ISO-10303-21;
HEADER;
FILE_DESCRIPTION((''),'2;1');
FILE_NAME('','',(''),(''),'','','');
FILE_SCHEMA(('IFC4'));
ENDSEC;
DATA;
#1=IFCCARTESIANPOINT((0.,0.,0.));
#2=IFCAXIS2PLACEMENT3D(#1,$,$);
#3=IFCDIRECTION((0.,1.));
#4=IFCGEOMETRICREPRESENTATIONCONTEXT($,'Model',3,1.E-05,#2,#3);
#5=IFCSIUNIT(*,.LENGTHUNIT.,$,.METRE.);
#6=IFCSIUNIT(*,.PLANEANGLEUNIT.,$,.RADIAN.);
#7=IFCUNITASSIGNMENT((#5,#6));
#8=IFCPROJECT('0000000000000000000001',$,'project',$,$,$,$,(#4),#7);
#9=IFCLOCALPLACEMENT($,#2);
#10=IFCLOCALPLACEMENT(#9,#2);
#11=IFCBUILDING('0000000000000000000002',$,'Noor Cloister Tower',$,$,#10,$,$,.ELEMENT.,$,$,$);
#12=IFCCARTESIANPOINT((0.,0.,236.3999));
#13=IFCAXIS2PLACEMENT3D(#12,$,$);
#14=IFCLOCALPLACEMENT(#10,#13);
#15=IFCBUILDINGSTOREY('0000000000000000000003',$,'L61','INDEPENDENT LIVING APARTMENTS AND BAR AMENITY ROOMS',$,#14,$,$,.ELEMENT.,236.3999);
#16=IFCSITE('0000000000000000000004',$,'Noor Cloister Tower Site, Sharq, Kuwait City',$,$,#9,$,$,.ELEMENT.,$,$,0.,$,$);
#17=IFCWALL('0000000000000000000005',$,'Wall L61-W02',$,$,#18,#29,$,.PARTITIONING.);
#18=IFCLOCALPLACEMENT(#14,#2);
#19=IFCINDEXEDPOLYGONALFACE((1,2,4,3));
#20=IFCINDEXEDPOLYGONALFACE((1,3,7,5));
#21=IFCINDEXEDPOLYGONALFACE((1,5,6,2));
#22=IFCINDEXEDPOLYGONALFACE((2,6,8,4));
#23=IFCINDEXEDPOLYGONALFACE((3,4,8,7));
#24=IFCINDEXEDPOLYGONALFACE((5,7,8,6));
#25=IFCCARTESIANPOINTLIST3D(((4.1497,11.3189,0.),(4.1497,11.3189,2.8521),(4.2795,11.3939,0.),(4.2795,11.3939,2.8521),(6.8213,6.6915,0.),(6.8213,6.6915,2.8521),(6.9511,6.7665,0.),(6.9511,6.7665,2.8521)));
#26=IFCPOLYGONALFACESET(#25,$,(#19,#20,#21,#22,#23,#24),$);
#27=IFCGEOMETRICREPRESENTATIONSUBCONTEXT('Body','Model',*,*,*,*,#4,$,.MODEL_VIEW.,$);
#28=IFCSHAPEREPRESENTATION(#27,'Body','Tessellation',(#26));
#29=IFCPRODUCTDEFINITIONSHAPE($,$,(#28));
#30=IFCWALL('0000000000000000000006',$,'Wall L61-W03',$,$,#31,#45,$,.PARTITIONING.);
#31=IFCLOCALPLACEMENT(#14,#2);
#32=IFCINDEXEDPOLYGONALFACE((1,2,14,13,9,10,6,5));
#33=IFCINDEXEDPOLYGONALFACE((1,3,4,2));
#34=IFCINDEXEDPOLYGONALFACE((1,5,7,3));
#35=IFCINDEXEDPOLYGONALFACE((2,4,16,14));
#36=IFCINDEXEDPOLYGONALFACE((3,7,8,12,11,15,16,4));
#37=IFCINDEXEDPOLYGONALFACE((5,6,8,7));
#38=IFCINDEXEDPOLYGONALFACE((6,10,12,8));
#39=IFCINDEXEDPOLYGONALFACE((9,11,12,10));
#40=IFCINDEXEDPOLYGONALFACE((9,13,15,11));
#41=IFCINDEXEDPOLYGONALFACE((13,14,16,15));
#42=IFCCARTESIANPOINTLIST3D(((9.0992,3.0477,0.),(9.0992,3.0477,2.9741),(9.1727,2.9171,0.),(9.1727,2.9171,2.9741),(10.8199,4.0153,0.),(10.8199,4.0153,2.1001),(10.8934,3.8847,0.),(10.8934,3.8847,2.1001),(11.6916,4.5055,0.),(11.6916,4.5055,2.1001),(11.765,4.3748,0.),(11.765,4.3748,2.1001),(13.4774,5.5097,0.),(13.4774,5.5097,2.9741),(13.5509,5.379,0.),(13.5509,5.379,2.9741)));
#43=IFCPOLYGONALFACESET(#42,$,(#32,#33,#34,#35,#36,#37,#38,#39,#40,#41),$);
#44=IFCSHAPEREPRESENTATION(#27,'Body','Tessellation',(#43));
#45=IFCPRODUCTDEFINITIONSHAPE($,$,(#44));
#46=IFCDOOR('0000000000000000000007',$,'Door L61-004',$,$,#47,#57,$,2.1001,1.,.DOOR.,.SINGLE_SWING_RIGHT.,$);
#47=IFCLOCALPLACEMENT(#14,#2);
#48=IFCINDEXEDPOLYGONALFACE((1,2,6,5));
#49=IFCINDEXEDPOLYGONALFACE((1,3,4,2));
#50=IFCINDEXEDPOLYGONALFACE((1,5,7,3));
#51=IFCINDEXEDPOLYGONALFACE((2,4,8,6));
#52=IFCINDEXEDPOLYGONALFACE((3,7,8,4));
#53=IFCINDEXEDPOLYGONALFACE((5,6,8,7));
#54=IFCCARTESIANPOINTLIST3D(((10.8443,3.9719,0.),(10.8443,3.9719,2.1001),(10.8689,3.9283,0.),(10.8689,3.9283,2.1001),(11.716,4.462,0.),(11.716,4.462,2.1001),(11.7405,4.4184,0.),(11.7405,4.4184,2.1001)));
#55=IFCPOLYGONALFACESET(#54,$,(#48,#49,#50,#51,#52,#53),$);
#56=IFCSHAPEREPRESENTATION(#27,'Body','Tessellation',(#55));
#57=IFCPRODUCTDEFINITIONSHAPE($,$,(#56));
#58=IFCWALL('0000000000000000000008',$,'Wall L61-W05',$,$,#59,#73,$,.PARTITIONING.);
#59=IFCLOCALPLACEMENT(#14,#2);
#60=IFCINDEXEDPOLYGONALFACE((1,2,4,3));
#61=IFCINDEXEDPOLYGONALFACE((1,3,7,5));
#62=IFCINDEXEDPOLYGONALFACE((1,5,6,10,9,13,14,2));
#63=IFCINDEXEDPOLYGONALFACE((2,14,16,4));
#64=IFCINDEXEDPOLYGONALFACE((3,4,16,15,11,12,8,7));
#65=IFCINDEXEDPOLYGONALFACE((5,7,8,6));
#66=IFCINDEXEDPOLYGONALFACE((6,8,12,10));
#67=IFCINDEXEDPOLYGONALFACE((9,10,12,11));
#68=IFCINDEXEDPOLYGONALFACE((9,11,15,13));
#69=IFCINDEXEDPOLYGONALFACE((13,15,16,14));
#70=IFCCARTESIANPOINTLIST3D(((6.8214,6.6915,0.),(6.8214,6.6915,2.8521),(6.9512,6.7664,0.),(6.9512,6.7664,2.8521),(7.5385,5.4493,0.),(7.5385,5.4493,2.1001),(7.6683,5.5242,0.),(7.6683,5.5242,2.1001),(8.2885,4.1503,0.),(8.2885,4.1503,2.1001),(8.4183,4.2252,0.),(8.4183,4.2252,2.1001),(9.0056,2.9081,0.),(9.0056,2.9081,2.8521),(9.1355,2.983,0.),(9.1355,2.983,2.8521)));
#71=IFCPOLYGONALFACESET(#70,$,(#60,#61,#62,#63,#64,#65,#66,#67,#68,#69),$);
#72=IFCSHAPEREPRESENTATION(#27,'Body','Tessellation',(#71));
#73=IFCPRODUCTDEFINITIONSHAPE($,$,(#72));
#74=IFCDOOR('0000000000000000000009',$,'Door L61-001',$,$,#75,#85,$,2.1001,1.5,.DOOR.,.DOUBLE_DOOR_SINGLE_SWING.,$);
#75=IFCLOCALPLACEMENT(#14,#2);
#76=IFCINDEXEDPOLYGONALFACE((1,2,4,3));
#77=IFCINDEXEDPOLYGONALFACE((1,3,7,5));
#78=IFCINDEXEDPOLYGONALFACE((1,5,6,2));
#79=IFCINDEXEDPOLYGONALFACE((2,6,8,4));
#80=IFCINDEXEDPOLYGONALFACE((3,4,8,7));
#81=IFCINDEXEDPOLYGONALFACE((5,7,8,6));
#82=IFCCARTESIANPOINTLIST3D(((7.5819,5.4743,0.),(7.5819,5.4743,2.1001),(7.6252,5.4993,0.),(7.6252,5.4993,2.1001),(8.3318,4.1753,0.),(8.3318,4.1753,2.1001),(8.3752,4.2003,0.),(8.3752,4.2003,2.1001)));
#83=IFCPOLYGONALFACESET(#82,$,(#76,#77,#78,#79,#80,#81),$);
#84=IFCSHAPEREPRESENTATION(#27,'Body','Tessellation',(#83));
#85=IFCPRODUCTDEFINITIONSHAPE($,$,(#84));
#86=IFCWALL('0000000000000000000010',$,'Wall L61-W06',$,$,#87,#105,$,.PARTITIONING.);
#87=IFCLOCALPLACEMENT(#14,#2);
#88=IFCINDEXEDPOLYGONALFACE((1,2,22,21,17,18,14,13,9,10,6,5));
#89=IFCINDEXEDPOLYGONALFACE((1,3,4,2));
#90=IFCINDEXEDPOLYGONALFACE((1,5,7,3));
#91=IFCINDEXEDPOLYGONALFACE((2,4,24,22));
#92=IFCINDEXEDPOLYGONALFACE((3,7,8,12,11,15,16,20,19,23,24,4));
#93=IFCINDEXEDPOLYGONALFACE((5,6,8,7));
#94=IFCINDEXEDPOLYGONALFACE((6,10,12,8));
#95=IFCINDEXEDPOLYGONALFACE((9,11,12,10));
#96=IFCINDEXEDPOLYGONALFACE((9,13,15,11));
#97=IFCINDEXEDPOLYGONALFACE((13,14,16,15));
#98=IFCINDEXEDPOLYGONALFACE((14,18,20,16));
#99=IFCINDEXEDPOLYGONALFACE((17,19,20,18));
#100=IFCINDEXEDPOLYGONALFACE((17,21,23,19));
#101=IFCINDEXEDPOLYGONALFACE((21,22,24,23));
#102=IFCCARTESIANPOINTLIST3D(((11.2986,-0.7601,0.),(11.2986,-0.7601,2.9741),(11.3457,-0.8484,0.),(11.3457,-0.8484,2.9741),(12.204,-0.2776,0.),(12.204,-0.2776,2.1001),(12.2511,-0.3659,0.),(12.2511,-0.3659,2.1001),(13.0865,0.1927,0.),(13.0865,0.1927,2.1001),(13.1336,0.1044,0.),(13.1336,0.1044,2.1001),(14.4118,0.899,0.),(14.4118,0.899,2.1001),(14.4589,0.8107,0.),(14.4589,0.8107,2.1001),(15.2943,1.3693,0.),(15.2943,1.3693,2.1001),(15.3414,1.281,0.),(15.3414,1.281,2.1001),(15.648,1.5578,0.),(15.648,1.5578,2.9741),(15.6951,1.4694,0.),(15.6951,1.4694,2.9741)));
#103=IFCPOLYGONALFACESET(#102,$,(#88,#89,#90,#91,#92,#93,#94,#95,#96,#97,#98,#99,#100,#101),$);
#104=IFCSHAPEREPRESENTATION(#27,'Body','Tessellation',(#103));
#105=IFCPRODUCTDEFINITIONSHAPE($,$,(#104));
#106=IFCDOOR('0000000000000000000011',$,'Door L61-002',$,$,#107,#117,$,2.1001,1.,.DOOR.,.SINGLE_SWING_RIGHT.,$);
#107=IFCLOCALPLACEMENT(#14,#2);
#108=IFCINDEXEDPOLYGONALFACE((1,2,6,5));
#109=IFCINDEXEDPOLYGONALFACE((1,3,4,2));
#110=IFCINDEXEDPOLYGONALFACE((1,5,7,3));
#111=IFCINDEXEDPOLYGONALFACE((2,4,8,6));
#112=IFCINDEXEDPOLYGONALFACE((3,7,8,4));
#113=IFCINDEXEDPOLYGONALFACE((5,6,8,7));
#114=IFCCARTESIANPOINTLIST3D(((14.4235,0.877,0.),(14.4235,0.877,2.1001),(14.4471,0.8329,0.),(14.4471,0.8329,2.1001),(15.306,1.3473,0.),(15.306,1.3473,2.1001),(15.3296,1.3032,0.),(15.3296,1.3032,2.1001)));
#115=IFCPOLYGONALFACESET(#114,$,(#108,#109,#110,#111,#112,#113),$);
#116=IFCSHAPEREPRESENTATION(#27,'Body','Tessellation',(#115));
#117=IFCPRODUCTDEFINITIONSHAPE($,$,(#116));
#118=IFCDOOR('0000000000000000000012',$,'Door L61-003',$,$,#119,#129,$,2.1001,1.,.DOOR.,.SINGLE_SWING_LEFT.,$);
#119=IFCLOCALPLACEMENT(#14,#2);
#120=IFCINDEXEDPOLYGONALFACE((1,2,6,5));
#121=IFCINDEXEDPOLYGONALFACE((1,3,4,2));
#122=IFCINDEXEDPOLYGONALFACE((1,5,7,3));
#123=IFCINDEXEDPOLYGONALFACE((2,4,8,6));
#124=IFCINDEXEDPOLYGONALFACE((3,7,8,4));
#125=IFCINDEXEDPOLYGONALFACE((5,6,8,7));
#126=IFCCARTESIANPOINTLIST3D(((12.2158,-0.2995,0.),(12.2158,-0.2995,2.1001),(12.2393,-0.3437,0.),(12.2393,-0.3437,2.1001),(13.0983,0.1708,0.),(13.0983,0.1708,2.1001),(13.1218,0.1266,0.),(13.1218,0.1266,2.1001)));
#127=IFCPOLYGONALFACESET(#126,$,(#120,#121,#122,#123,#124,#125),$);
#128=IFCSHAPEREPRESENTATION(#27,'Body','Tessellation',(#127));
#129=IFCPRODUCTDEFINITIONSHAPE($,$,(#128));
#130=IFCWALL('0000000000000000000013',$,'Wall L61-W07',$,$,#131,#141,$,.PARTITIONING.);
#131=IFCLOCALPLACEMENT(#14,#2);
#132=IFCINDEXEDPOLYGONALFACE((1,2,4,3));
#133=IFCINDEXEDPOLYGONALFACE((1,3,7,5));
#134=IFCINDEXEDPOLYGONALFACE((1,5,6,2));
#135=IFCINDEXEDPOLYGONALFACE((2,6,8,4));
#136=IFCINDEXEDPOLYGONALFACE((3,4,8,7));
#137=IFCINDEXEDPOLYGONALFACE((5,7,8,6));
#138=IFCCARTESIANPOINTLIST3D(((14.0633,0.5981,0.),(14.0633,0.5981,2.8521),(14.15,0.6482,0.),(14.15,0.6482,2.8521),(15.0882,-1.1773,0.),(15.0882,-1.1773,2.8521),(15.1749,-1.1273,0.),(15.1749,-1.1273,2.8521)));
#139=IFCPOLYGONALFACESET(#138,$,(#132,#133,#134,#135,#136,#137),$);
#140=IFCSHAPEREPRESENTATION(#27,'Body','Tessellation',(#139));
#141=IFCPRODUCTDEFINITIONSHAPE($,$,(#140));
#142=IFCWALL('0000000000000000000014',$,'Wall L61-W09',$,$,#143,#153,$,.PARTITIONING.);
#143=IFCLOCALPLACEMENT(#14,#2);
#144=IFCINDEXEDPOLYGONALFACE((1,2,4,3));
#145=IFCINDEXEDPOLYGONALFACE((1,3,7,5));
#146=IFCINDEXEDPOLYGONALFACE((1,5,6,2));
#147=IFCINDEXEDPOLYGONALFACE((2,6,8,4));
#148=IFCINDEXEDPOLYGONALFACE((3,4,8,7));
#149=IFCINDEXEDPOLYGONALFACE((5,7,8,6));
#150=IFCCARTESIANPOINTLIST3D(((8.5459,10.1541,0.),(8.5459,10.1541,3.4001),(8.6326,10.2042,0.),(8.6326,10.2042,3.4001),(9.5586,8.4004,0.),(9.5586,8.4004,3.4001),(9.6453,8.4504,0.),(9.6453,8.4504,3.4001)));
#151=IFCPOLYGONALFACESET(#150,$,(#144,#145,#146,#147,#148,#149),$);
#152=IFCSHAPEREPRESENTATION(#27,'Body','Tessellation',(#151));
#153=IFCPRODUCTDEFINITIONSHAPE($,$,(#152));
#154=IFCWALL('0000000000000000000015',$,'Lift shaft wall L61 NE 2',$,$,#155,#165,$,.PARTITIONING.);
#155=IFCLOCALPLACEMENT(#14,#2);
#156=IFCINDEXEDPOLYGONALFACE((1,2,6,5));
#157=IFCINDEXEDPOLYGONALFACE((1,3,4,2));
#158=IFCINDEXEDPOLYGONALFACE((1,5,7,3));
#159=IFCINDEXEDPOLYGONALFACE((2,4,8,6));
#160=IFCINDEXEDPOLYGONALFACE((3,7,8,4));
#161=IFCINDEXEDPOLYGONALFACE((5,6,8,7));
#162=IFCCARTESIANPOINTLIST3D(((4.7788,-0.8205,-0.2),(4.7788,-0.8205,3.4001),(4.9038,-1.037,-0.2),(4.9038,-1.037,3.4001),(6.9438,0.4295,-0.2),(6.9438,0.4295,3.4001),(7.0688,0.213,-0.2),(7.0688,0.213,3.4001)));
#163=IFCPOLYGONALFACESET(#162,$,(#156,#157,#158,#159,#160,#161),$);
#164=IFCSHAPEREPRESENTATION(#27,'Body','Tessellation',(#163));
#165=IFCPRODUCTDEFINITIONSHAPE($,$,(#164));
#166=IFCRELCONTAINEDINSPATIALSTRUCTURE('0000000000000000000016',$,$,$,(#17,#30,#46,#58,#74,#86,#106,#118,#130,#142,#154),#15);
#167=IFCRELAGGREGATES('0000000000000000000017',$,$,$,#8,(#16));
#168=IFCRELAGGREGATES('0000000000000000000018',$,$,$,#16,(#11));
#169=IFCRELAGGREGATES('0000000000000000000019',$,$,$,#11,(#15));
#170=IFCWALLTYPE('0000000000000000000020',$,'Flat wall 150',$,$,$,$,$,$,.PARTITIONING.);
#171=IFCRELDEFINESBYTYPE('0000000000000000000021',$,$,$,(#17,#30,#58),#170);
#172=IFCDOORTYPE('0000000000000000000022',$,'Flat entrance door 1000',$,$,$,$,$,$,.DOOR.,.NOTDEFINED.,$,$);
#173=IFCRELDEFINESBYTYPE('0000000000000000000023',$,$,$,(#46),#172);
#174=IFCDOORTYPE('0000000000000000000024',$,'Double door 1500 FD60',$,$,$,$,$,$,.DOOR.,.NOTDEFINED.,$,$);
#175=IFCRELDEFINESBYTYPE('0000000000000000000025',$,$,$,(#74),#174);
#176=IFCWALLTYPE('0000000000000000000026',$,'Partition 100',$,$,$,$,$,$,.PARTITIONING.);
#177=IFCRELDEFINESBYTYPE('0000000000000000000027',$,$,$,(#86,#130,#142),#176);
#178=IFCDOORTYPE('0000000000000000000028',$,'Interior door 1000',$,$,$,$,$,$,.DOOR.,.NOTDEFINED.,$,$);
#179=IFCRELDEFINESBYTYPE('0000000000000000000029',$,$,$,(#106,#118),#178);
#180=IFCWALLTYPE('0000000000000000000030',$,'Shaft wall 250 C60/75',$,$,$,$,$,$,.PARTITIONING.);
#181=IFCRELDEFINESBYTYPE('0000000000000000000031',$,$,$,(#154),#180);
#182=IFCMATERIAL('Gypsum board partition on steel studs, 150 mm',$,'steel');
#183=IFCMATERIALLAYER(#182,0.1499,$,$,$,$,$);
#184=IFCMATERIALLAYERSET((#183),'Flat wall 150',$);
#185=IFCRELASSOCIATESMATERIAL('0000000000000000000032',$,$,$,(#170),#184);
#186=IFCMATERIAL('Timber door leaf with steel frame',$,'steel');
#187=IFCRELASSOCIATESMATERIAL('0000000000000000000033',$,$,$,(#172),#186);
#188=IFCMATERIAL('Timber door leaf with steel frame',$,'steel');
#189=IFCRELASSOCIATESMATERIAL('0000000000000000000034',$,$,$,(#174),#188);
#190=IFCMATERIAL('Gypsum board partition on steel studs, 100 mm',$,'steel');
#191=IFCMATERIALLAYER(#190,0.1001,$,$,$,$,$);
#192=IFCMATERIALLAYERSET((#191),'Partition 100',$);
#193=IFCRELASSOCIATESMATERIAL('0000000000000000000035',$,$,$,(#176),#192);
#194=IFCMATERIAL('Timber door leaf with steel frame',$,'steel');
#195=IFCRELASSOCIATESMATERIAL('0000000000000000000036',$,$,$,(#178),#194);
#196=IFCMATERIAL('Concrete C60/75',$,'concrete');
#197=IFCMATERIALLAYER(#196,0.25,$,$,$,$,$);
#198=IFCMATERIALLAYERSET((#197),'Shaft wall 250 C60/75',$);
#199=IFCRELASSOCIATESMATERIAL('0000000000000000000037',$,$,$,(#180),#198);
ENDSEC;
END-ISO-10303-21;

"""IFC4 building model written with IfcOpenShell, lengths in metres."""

from ifc_helpers import new_model, si_unit, direction, frame, frame_2d, origin, place, context, subcontext, project, spatial, rectangle, extrude, material, layer, layer_set, type_object, element, fill, save


model = new_model("IFC4")

# Units and contexts
model_context = context("Model", 3, precision=1e-05, world=origin(), true_north=direction((0.0, 1.0)))
body_context = subcontext(model_context, "Body", "Model", "MODEL_VIEW")
ifc_project = project(units=[si_unit("LENGTHUNIT", "METRE"), si_unit("PLANEANGLEUNIT", "RADIAN")], contexts=[model_context])

# Site, building, storey
site_placement = place(None, origin())
site = spatial("IfcSite", under=ifc_project, at=site_placement, Name="Noor Cloister Tower Site, Sharq, Kuwait City", CompositionType="ELEMENT", RefElevation=0.0)
building_placement = place(site_placement, origin())
building = spatial("IfcBuilding", under=site, at=building_placement, Name="Noor Cloister Tower", CompositionType="ELEMENT")
storey_placement = place(building_placement, frame((0.0, 0.0, 236.3999)))
storey = spatial("IfcBuildingStorey", under=building, at=storey_placement, Name="L61", Description="INDEPENDENT LIVING APARTMENTS AND BAR AMENITY ROOMS", CompositionType="ELEMENT", Elevation=236.3999)

# Wall
ifc_material_1 = material(Name="Gypsum board partition on steel studs, 150 mm", Category="steel")
ifc_layer_1 = layer(ifc_material_1, 0.1499)
ifc_layer_set_1 = layer_set([ifc_layer_1], Name="Flat wall 150")
wall_type_1 = type_object("IfcWallType", Name="Flat wall 150", PredefinedType="PARTITIONING", material=ifc_layer_set_1)
wall_1_placement = place(storey_placement, frame((6.8862, 6.729, 0.0), z_axis=(0.0, 0.0, 1.0), x_axis=(-0.499997, 0.866027, 0.0)))
element("IfcWall", 1, at=wall_1_placement, inside=storey, type_object=wall_type_1, Name="Wall L61-W02", PredefinedType="PARTITIONING", context=body_context, shape_type="SweptSolid", body=[
    extrude(rectangle(XDim=5.3433, YDim=0.1499, at=frame_2d((2.6716, 0.0))), origin(), (0.0, 0.0, 1.0), 2.8521),
])

# Walls, openings, doors
wall_2_placement = place(storey_placement, frame((13.5142, 5.4443, 0.0), z_axis=(0.0, 0.0, 1.0), x_axis=(-0.871644, -0.490139, 0.0)))
wall_2 = element("IfcWall", 2, at=wall_2_placement, inside=storey, type_object=wall_type_1, Name="Wall L61-W03", PredefinedType="PARTITIONING", context=body_context, shape_type="SweptSolid", body=[
    extrude(rectangle(XDim=5.0229, YDim=0.1499, at=frame_2d((2.5115, 0.0))), origin(), (0.0, 0.0, 1.0), 2.9741),
])
opening_1_placement = place(wall_2_placement, frame((2.0488, 0.0, 0.0)))
opening_1 = element("IfcOpeningElement", 3, at=opening_1_placement, cuts=wall_2, PredefinedType="OPENING", context=body_context, shape_type="SweptSolid", body=[
    extrude(rectangle(XDim=1.0, YDim=2.1001, at=frame_2d((0.5, 1.05))), frame((0.0, 0.085, 0.0), z_axis=(0.0, -1.0, 0.0), x_axis=(1.0, 0.0, 0.0)), (0.0, 0.0, 1.0), 0.1699),
])
ifc_material_2 = material(Name="Timber door leaf with steel frame", Category="steel")
door_type_1 = type_object("IfcDoorType", Name="Flat entrance door 1000", OperationType="NOTDEFINED", PredefinedType="DOOR", material=ifc_material_2)
door_1_placement = place(opening_1_placement, origin())
door_1 = element("IfcDoor", 4, at=door_1_placement, inside=storey, type_object=door_type_1, Name="Door L61-004", OperationType="SINGLE_SWING_RIGHT", OverallHeight=2.1001, OverallWidth=1.0, PredefinedType="DOOR", context=body_context, shape_type="SweptSolid", body=[
    extrude(rectangle(XDim=1.0, YDim=2.1001, at=frame_2d((0.5, 1.05))), frame((0.0, 0.0249, 0.0), z_axis=(0.0, -1.0, 0.0), x_axis=(1.0, 0.0, 0.0)), (0.0, 0.0, 1.0), 0.05),
])
fill(opening_1, door_1)
wall_3_placement = place(storey_placement, frame((9.0706, 2.9456, 0.0), z_axis=(0.0, 0.0, 1.0), x_axis=(-0.499992, 0.86603, 0.0)))
wall_3 = element("IfcWall", 5, at=wall_3_placement, inside=storey, type_object=wall_type_1, Name="Wall L61-W05", PredefinedType="PARTITIONING", context=body_context, shape_type="SweptSolid", body=[
    extrude(rectangle(XDim=4.3687, YDim=0.1499, at=frame_2d((2.1843, 0.0))), origin(), (0.0, 0.0, 1.0), 2.8521),
])
opening_2_placement = place(wall_3_placement, frame((1.4343, 0.0, 0.0)))
opening_2 = element("IfcOpeningElement", 6, at=opening_2_placement, cuts=wall_3, PredefinedType="OPENING", context=body_context, shape_type="SweptSolid", body=[
    extrude(rectangle(XDim=1.5, YDim=2.1001, at=frame_2d((0.75, 1.05))), frame((0.0, 0.085, 0.0), z_axis=(0.0, -1.0, 0.0), x_axis=(1.0, 0.0, 0.0)), (0.0, 0.0, 1.0), 0.1699),
])
ifc_material_3 = material(Name="Timber door leaf with steel frame", Category="steel")
door_type_2 = type_object("IfcDoorType", Name="Double door 1500 FD60", OperationType="NOTDEFINED", PredefinedType="DOOR", material=ifc_material_3)
door_2_placement = place(opening_2_placement, origin())
door_2 = element("IfcDoor", 7, at=door_2_placement, inside=storey, type_object=door_type_2, Name="Door L61-001", OperationType="DOUBLE_DOOR_SINGLE_SWING", OverallHeight=2.1001, OverallWidth=1.5, PredefinedType="DOOR", context=body_context, shape_type="SweptSolid", body=[
    extrude(rectangle(XDim=1.5, YDim=2.1001, at=frame_2d((0.75, 1.05))), frame((0.0, 0.0249, 0.0), z_axis=(0.0, -1.0, 0.0), x_axis=(1.0, 0.0, 0.0)), (0.0, 0.0, 1.0), 0.05),
])
fill(opening_2, door_2)

# Wall, openings, doors
ifc_material_4 = material(Name="Gypsum board partition on steel studs, 100 mm", Category="steel")
ifc_layer_2 = layer(ifc_material_4, 0.1001)
ifc_layer_set_2 = layer_set([ifc_layer_2], Name="Partition 100")
wall_type_2 = type_object("IfcWallType", Name="Partition 100", PredefinedType="PARTITIONING", material=ifc_layer_set_2)
wall_4_placement = place(storey_placement, frame((15.6716, 1.5137, 0.0), z_axis=(0.0, 0.0, 1.0), x_axis=(-0.882504, -0.470305, 0.0)))
wall_4 = element("IfcWall", 8, at=wall_4_placement, inside=storey, type_object=wall_type_2, Name="Wall L61-W06", PredefinedType="PARTITIONING", context=body_context, shape_type="SweptSolid", body=[
    extrude(rectangle(XDim=4.9285, YDim=0.1001, at=frame_2d((2.4644, 0.0))), origin(), (0.0, 0.0, 1.0), 2.9741),
])
opening_3_placement = place(wall_4_placement, frame((0.4009, 0.0, 0.0)))
opening_3 = element("IfcOpeningElement", 9, at=opening_3_placement, cuts=wall_4, PredefinedType="OPENING", context=body_context, shape_type="SweptSolid", body=[
    extrude(rectangle(XDim=1.0, YDim=2.1001, at=frame_2d((0.5, 1.05))), frame((0.0, 0.0601, 0.0), z_axis=(0.0, -1.0, 0.0), x_axis=(1.0, 0.0, 0.0)), (0.0, 0.0, 1.0), 0.1201),
])
opening_4_placement = place(wall_4_placement, frame((2.9026, 0.0, 0.0)))
opening_4 = element("IfcOpeningElement", 10, at=opening_4_placement, cuts=wall_4, PredefinedType="OPENING", context=body_context, shape_type="SweptSolid", body=[
    extrude(rectangle(XDim=1.0, YDim=2.1001, at=frame_2d((0.5, 1.05))), frame((0.0, 0.0601, 0.0), z_axis=(0.0, -1.0, 0.0), x_axis=(1.0, 0.0, 0.0)), (0.0, 0.0, 1.0), 0.1201),
])
ifc_material_5 = material(Name="Timber door leaf with steel frame", Category="steel")
door_type_3 = type_object("IfcDoorType", Name="Interior door 1000", OperationType="NOTDEFINED", PredefinedType="DOOR", material=ifc_material_5)
door_3_placement = place(opening_3_placement, origin())
door_3 = element("IfcDoor", 11, at=door_3_placement, inside=storey, type_object=door_type_3, Name="Door L61-002", OperationType="SINGLE_SWING_RIGHT", OverallHeight=2.1001, OverallWidth=1.0, PredefinedType="DOOR", context=body_context, shape_type="SweptSolid", body=[
    extrude(rectangle(XDim=1.0, YDim=2.1001, at=frame_2d((0.5, 1.05))), frame((0.0, 0.0249, 0.0), z_axis=(0.0, -1.0, 0.0), x_axis=(1.0, 0.0, 0.0)), (0.0, 0.0, 1.0), 0.05),
])
fill(opening_3, door_3)
door_4_placement = place(opening_4_placement, origin())
door_4 = element("IfcDoor", 12, at=door_4_placement, inside=storey, type_object=door_type_3, Name="Door L61-003", OperationType="SINGLE_SWING_LEFT", OverallHeight=2.1001, OverallWidth=1.0, PredefinedType="DOOR", context=body_context, shape_type="SweptSolid", body=[
    extrude(rectangle(XDim=1.0, YDim=2.1001, at=frame_2d((0.5, 1.05))), frame((0.0, 0.0249, 0.0), z_axis=(0.0, -1.0, 0.0), x_axis=(1.0, 0.0, 0.0)), (0.0, 0.0, 1.0), 0.05),
])
fill(opening_4, door_4)

# Walls
wall_5_placement = place(storey_placement, frame((14.1067, 0.623, 0.0), z_axis=(0.0, 0.0, 1.0), x_axis=(0.499956, -0.866051, 0.0)))
element("IfcWall", 13, at=wall_5_placement, inside=storey, type_object=wall_type_2, Name="Wall L61-W07", PredefinedType="PARTITIONING", context=body_context, shape_type="SweptSolid", body=[
    extrude(rectangle(XDim=2.05, YDim=0.1001, at=frame_2d((1.0249, 0.0))), origin(), (0.0, 0.0, 1.0), 2.8521),
])
wall_6_placement = place(storey_placement, frame((9.6021, 8.4253, 0.0), z_axis=(0.0, 0.0, 1.0), x_axis=(-0.500081, 0.865979, 0.0)))
element("IfcWall", 14, at=wall_6_placement, inside=storey, type_object=wall_type_2, Name="Wall L61-W09", PredefinedType="PARTITIONING", context=body_context, shape_type="SweptSolid", body=[
    extrude(rectangle(XDim=2.0251, YDim=0.1001, at=frame_2d((1.0127, 0.0))), origin(), (0.0, 0.0, 1.0), 3.4001),
])
ifc_material_6 = material(Name="Concrete C60/75", Category="concrete")
ifc_layer_3 = layer(ifc_material_6, 0.25)
ifc_layer_set_3 = layer_set([ifc_layer_3], Name="Shaft wall 250 C60/75")
wall_type_3 = type_object("IfcWallType", Name="Shaft wall 250 C60/75", PredefinedType="PARTITIONING", material=ifc_layer_set_3)
wall_7_placement = place(storey_placement, frame((7.0063, 0.3213, -0.2), z_axis=(0.0, 0.0, 1.0), x_axis=(-0.866023, -0.500004, 0.0)))
element("IfcWall", 15, at=wall_7_placement, inside=storey, type_object=wall_type_3, Name="Lift shaft wall L61 NE 2", PredefinedType="PARTITIONING", context=body_context, shape_type="SweptSolid", body=[
    extrude(rectangle(XDim=2.5, YDim=0.25, at=frame_2d((1.25, 0.0))), origin(), (0.0, 0.0, 1.0), 3.6001),
])

save(model, "model.ifc")
